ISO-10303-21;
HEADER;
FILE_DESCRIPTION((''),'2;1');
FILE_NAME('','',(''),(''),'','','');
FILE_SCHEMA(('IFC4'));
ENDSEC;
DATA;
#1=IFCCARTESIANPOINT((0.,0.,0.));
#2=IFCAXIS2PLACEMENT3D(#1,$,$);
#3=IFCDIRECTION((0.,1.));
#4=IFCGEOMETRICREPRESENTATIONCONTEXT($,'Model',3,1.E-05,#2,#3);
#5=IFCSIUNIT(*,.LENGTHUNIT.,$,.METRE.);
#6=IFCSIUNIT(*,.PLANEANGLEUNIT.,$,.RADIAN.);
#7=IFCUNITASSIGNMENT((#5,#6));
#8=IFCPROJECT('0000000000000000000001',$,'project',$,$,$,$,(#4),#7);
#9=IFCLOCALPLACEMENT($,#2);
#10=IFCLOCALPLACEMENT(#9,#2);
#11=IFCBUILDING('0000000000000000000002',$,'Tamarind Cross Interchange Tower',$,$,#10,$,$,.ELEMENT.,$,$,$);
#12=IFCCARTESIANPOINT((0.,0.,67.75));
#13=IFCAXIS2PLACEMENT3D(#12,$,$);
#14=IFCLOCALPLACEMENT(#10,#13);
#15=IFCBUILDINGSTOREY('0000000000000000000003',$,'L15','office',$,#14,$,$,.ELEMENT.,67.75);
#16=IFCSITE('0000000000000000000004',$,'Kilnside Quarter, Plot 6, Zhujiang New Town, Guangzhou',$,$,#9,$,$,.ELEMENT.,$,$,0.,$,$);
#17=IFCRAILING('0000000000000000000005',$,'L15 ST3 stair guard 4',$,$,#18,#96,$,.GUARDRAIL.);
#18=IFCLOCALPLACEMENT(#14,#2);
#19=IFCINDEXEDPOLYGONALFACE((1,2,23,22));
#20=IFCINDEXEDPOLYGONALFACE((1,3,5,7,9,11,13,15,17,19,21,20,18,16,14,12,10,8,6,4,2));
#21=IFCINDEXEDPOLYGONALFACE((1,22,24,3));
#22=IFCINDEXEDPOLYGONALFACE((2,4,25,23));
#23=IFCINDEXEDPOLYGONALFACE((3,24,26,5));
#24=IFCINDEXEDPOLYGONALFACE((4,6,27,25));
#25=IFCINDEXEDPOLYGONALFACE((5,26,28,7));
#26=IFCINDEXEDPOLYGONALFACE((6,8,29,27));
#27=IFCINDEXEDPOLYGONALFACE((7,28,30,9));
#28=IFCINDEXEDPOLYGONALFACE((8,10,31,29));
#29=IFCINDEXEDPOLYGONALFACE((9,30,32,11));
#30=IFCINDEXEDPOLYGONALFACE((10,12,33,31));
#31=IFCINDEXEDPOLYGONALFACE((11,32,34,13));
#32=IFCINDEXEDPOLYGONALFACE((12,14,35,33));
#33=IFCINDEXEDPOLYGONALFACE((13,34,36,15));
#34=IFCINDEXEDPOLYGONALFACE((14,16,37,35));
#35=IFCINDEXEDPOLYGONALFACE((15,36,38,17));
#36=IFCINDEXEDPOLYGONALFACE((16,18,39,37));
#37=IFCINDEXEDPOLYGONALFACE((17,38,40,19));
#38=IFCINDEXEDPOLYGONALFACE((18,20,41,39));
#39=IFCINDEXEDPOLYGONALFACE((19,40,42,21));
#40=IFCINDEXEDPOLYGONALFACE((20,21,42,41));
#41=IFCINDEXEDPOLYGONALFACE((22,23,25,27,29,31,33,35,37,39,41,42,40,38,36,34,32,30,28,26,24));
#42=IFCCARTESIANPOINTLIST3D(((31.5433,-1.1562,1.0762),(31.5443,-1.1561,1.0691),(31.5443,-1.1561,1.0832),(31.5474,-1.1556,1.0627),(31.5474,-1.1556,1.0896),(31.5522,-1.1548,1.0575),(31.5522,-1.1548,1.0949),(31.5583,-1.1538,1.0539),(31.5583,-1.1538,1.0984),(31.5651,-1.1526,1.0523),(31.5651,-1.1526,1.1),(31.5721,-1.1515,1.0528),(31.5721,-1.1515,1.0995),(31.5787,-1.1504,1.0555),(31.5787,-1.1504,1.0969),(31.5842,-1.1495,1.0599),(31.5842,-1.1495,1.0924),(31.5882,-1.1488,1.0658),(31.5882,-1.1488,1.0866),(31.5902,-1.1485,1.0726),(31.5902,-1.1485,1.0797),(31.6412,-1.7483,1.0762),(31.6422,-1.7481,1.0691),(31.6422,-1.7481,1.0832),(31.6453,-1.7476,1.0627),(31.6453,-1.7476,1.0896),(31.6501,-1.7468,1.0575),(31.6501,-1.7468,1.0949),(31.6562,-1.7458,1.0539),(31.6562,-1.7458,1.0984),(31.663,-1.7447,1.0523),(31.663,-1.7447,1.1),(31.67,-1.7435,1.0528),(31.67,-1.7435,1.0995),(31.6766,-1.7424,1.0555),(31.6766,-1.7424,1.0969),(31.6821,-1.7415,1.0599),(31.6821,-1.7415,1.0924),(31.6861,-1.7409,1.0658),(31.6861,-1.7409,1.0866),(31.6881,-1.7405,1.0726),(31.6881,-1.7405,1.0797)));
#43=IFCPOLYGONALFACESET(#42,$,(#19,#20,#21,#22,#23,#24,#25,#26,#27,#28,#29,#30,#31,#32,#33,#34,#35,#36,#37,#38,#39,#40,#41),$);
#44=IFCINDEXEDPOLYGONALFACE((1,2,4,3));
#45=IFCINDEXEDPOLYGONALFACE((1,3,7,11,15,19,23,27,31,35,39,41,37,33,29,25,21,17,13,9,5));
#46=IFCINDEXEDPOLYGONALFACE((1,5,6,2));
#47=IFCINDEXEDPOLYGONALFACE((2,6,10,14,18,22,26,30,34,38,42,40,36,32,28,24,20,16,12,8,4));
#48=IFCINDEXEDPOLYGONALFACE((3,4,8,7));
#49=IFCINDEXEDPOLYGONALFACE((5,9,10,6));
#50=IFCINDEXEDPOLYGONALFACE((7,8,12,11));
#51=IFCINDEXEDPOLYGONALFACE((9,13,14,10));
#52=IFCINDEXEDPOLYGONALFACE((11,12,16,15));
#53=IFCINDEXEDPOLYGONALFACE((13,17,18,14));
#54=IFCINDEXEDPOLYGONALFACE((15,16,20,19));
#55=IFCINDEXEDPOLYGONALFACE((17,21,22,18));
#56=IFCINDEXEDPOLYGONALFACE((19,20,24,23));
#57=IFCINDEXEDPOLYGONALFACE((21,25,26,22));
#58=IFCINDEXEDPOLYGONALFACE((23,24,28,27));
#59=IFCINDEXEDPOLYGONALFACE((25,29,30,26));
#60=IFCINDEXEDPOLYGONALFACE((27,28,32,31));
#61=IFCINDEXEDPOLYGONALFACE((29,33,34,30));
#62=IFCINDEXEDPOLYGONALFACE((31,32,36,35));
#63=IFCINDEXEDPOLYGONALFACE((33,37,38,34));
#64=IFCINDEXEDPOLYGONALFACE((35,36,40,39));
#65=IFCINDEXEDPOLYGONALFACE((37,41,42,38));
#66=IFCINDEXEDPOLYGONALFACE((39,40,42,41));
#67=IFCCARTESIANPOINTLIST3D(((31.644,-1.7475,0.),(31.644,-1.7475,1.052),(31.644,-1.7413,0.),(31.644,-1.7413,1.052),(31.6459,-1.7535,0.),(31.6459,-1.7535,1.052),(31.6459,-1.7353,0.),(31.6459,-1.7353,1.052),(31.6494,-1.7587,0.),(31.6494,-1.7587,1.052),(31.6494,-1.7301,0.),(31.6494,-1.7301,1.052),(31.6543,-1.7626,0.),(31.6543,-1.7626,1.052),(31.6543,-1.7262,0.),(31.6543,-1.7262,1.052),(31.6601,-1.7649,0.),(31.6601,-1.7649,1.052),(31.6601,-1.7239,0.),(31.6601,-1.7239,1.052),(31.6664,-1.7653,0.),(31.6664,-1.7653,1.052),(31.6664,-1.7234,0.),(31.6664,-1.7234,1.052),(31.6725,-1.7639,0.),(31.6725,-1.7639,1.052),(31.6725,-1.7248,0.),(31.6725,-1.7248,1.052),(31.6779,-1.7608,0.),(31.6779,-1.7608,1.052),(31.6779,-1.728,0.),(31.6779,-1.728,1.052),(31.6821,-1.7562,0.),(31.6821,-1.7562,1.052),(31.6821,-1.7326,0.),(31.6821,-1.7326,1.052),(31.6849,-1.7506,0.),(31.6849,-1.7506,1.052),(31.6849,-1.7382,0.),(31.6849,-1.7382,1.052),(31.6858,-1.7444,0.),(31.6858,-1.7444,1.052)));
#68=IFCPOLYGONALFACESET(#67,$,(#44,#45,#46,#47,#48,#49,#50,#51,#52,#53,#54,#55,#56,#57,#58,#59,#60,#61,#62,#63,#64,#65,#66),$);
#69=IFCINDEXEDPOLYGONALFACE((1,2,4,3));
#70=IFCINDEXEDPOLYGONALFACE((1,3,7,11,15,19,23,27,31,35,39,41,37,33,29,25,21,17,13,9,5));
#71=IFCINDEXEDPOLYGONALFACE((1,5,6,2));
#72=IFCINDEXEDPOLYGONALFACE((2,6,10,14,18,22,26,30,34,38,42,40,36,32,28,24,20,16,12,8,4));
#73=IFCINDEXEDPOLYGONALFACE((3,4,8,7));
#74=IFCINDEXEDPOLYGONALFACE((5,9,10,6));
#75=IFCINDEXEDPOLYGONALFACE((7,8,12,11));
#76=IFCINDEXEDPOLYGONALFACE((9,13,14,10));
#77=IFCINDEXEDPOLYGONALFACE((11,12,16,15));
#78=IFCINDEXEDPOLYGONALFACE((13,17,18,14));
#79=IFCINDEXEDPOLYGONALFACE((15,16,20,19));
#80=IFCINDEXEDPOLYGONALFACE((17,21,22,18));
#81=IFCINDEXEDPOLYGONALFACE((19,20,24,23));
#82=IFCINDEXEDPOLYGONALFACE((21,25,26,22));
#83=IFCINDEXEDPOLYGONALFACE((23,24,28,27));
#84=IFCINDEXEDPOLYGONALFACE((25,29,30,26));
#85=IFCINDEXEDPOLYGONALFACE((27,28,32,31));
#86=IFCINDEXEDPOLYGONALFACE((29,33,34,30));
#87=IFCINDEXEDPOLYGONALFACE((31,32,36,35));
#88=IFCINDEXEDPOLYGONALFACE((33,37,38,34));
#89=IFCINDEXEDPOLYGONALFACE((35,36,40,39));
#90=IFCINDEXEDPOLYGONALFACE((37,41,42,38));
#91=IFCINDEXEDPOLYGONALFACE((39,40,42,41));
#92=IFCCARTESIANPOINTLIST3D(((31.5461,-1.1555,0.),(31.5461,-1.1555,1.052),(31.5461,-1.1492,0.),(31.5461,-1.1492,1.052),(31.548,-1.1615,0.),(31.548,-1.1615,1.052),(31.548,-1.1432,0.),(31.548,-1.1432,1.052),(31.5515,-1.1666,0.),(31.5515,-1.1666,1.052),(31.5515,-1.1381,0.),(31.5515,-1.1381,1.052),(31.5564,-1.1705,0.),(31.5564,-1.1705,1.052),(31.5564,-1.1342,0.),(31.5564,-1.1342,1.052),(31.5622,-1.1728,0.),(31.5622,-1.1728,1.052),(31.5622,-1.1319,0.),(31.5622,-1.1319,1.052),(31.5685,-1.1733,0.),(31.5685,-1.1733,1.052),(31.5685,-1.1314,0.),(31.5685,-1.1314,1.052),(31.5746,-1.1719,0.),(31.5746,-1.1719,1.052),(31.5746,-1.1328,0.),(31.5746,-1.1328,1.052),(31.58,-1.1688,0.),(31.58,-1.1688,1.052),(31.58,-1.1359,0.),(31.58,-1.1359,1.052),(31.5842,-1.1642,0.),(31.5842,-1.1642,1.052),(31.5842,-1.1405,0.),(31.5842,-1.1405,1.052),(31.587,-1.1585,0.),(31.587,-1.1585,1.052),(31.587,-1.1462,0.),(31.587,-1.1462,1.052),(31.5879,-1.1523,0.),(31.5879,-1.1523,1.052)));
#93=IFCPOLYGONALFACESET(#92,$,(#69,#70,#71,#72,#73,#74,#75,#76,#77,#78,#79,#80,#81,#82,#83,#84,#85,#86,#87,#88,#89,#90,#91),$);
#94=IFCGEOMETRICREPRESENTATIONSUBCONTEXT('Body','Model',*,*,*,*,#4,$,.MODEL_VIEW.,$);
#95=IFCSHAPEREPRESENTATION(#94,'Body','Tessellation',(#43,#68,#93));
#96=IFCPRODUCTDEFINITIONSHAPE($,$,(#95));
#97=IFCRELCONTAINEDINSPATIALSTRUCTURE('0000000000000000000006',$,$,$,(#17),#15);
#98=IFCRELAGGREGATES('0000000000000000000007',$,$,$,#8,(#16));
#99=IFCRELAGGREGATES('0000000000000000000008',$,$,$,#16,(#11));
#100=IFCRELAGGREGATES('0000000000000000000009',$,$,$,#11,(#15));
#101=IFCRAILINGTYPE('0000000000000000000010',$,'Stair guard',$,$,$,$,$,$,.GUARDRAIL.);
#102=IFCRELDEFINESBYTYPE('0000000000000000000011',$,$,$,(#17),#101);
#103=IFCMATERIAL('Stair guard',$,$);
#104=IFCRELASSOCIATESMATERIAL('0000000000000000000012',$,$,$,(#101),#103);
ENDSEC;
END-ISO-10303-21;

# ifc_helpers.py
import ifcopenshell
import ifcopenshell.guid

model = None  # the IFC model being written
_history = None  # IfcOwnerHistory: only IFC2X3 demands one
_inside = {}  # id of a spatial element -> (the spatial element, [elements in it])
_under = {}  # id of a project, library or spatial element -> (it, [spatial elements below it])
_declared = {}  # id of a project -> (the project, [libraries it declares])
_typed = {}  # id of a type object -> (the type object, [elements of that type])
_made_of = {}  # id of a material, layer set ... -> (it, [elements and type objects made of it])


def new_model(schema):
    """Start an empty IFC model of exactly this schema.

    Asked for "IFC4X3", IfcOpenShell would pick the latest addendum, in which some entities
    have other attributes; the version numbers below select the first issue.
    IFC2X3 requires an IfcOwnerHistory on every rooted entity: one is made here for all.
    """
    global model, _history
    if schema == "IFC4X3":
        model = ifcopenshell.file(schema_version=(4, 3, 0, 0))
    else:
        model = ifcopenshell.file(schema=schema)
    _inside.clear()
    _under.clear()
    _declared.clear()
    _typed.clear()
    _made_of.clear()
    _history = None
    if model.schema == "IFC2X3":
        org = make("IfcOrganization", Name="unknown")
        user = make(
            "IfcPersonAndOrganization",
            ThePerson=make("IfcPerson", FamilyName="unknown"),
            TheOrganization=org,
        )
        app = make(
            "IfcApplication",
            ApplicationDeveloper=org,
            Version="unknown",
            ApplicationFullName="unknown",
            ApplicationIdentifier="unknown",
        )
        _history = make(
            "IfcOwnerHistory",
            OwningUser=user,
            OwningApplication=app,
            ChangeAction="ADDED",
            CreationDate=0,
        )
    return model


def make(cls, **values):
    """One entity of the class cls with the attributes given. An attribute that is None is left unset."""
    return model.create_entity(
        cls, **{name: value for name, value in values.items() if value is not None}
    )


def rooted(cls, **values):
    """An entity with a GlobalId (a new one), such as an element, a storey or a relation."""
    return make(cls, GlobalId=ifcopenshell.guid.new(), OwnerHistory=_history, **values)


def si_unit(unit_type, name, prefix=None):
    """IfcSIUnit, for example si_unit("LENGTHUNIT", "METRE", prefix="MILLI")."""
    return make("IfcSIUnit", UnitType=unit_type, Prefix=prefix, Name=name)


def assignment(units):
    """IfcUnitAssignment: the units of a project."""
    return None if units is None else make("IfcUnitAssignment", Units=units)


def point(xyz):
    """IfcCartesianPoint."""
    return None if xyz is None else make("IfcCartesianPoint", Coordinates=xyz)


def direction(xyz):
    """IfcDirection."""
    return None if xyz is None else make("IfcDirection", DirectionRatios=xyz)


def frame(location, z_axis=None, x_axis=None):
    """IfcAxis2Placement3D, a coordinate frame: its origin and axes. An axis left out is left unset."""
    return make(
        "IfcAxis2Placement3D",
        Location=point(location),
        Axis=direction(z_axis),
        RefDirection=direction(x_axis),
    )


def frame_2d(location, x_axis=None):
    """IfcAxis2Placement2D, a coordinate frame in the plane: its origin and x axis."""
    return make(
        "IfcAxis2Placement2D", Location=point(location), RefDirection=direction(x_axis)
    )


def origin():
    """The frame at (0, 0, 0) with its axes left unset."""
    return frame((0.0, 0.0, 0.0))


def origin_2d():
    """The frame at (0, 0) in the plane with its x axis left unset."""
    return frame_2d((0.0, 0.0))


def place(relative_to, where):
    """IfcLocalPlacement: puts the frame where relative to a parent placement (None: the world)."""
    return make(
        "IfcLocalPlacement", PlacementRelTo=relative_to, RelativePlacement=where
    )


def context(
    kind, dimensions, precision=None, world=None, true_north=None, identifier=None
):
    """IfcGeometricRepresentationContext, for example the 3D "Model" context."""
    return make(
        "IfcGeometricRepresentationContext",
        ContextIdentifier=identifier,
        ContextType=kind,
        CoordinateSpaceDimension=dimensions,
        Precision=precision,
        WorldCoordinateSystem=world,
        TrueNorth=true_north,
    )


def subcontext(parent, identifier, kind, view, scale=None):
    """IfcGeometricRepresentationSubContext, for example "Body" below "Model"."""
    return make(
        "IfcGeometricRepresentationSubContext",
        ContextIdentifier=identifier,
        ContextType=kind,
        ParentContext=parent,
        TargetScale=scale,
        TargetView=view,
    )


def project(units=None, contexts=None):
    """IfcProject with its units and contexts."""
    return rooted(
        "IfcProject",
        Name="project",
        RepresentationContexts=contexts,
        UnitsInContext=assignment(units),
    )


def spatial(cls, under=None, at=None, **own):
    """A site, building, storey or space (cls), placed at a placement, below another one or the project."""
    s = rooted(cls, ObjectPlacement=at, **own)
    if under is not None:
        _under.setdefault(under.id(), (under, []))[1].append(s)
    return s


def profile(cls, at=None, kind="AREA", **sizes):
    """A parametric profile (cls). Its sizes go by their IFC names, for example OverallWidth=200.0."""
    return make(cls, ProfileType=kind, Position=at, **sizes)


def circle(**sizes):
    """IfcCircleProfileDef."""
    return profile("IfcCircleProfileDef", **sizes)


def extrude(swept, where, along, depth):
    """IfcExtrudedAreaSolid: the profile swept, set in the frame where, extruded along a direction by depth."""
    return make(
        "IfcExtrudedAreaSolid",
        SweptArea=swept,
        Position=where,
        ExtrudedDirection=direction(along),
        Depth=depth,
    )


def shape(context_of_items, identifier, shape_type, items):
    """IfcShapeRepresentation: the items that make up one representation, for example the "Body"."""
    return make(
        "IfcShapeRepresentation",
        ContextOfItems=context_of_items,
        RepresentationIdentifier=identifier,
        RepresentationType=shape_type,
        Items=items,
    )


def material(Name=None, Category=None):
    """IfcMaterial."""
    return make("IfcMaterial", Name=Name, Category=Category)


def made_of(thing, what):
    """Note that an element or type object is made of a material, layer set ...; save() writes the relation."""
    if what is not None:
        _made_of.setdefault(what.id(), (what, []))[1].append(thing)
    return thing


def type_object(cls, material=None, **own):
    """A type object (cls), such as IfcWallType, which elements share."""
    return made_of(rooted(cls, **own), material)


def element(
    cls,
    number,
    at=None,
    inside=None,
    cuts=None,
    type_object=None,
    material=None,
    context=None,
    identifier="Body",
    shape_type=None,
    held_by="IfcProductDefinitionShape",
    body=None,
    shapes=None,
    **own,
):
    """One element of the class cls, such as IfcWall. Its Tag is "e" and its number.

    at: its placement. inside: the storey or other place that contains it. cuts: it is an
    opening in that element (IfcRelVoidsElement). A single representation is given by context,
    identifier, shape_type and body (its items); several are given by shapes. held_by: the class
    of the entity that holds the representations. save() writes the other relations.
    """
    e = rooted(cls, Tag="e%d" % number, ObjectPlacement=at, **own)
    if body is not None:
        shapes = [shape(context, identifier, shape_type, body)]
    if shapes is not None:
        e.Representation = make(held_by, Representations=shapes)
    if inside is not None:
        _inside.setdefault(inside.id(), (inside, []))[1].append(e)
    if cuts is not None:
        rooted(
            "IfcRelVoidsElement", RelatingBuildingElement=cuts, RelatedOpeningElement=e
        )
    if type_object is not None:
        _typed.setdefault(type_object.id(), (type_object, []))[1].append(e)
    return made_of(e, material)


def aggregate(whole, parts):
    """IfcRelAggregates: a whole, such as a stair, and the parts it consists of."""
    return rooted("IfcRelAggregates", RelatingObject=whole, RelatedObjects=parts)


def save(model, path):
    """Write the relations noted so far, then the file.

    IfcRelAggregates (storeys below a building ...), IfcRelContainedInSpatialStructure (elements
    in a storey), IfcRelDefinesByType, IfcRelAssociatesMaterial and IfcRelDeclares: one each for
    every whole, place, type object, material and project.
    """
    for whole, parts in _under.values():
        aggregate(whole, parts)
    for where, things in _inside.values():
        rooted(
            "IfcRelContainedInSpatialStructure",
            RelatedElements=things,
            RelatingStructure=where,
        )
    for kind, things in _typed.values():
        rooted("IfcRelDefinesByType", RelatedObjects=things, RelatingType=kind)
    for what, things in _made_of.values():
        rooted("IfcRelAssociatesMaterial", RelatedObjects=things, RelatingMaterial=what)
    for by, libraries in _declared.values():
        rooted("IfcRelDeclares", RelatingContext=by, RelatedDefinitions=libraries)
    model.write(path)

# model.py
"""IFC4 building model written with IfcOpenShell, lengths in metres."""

from ifc_helpers import new_model, si_unit, direction, frame, origin, origin_2d, place, context, subcontext, project, spatial, circle, extrude, material, type_object, element, save


model = new_model("IFC4")

# Units and contexts
model_context = context("Model", 3, precision=1e-05, world=origin(), true_north=direction((0.0, 1.0)))
body_context = subcontext(model_context, "Body", "Model", "MODEL_VIEW")
ifc_project = project(units=[si_unit("LENGTHUNIT", "METRE"), si_unit("PLANEANGLEUNIT", "RADIAN")], contexts=[model_context])

# Site, building, storey
site_placement = place(None, origin())
site = spatial("IfcSite", under=ifc_project, at=site_placement, Name="Kilnside Quarter, Plot 6, Zhujiang New Town, Guangzhou", CompositionType="ELEMENT", RefElevation=0.0)
building_placement = place(site_placement, origin())
building = spatial("IfcBuilding", under=site, at=building_placement, Name="Tamarind Cross Interchange Tower", CompositionType="ELEMENT")
storey_placement = place(building_placement, frame((0.0, 0.0, 67.75)))
storey = spatial("IfcBuildingStorey", under=building, at=storey_placement, Name="L15", Description="office", CompositionType="ELEMENT", Elevation=67.75)

# Railing
ifc_material_1 = material(Name="Stair guard")
railing_type_1 = type_object("IfcRailingType", Name="Stair guard", PredefinedType="GUARDRAIL", material=ifc_material_1)
railing_1_placement = place(storey_placement, frame((31.6648, -1.7444, 0.0)))
element("IfcRailing", 1, at=railing_1_placement, inside=storey, type_object=railing_type_1, Name="L15 ST3 stair guard 4", PredefinedType="GUARDRAIL", context=body_context, shape_type="SweptSolid", body=[
    extrude(circle(Radius=0.0239, at=origin_2d()), frame((0.0, 0.0, 1.0762), z_axis=(-0.163145, 0.986602, 0.0), x_axis=(-0.986602, -0.163145, 0.0)), (0.0, 0.0, 1.0), 0.6001),
    extrude(circle(Radius=0.021, at=origin_2d()), origin(), (0.0, 0.0, 1.0), 1.052),
    extrude(circle(Radius=0.021, at=origin_2d()), frame((-0.0979, 0.592, 0.0)), (0.0, 0.0, 1.0), 1.052),
])

save(model, "model.ifc")
